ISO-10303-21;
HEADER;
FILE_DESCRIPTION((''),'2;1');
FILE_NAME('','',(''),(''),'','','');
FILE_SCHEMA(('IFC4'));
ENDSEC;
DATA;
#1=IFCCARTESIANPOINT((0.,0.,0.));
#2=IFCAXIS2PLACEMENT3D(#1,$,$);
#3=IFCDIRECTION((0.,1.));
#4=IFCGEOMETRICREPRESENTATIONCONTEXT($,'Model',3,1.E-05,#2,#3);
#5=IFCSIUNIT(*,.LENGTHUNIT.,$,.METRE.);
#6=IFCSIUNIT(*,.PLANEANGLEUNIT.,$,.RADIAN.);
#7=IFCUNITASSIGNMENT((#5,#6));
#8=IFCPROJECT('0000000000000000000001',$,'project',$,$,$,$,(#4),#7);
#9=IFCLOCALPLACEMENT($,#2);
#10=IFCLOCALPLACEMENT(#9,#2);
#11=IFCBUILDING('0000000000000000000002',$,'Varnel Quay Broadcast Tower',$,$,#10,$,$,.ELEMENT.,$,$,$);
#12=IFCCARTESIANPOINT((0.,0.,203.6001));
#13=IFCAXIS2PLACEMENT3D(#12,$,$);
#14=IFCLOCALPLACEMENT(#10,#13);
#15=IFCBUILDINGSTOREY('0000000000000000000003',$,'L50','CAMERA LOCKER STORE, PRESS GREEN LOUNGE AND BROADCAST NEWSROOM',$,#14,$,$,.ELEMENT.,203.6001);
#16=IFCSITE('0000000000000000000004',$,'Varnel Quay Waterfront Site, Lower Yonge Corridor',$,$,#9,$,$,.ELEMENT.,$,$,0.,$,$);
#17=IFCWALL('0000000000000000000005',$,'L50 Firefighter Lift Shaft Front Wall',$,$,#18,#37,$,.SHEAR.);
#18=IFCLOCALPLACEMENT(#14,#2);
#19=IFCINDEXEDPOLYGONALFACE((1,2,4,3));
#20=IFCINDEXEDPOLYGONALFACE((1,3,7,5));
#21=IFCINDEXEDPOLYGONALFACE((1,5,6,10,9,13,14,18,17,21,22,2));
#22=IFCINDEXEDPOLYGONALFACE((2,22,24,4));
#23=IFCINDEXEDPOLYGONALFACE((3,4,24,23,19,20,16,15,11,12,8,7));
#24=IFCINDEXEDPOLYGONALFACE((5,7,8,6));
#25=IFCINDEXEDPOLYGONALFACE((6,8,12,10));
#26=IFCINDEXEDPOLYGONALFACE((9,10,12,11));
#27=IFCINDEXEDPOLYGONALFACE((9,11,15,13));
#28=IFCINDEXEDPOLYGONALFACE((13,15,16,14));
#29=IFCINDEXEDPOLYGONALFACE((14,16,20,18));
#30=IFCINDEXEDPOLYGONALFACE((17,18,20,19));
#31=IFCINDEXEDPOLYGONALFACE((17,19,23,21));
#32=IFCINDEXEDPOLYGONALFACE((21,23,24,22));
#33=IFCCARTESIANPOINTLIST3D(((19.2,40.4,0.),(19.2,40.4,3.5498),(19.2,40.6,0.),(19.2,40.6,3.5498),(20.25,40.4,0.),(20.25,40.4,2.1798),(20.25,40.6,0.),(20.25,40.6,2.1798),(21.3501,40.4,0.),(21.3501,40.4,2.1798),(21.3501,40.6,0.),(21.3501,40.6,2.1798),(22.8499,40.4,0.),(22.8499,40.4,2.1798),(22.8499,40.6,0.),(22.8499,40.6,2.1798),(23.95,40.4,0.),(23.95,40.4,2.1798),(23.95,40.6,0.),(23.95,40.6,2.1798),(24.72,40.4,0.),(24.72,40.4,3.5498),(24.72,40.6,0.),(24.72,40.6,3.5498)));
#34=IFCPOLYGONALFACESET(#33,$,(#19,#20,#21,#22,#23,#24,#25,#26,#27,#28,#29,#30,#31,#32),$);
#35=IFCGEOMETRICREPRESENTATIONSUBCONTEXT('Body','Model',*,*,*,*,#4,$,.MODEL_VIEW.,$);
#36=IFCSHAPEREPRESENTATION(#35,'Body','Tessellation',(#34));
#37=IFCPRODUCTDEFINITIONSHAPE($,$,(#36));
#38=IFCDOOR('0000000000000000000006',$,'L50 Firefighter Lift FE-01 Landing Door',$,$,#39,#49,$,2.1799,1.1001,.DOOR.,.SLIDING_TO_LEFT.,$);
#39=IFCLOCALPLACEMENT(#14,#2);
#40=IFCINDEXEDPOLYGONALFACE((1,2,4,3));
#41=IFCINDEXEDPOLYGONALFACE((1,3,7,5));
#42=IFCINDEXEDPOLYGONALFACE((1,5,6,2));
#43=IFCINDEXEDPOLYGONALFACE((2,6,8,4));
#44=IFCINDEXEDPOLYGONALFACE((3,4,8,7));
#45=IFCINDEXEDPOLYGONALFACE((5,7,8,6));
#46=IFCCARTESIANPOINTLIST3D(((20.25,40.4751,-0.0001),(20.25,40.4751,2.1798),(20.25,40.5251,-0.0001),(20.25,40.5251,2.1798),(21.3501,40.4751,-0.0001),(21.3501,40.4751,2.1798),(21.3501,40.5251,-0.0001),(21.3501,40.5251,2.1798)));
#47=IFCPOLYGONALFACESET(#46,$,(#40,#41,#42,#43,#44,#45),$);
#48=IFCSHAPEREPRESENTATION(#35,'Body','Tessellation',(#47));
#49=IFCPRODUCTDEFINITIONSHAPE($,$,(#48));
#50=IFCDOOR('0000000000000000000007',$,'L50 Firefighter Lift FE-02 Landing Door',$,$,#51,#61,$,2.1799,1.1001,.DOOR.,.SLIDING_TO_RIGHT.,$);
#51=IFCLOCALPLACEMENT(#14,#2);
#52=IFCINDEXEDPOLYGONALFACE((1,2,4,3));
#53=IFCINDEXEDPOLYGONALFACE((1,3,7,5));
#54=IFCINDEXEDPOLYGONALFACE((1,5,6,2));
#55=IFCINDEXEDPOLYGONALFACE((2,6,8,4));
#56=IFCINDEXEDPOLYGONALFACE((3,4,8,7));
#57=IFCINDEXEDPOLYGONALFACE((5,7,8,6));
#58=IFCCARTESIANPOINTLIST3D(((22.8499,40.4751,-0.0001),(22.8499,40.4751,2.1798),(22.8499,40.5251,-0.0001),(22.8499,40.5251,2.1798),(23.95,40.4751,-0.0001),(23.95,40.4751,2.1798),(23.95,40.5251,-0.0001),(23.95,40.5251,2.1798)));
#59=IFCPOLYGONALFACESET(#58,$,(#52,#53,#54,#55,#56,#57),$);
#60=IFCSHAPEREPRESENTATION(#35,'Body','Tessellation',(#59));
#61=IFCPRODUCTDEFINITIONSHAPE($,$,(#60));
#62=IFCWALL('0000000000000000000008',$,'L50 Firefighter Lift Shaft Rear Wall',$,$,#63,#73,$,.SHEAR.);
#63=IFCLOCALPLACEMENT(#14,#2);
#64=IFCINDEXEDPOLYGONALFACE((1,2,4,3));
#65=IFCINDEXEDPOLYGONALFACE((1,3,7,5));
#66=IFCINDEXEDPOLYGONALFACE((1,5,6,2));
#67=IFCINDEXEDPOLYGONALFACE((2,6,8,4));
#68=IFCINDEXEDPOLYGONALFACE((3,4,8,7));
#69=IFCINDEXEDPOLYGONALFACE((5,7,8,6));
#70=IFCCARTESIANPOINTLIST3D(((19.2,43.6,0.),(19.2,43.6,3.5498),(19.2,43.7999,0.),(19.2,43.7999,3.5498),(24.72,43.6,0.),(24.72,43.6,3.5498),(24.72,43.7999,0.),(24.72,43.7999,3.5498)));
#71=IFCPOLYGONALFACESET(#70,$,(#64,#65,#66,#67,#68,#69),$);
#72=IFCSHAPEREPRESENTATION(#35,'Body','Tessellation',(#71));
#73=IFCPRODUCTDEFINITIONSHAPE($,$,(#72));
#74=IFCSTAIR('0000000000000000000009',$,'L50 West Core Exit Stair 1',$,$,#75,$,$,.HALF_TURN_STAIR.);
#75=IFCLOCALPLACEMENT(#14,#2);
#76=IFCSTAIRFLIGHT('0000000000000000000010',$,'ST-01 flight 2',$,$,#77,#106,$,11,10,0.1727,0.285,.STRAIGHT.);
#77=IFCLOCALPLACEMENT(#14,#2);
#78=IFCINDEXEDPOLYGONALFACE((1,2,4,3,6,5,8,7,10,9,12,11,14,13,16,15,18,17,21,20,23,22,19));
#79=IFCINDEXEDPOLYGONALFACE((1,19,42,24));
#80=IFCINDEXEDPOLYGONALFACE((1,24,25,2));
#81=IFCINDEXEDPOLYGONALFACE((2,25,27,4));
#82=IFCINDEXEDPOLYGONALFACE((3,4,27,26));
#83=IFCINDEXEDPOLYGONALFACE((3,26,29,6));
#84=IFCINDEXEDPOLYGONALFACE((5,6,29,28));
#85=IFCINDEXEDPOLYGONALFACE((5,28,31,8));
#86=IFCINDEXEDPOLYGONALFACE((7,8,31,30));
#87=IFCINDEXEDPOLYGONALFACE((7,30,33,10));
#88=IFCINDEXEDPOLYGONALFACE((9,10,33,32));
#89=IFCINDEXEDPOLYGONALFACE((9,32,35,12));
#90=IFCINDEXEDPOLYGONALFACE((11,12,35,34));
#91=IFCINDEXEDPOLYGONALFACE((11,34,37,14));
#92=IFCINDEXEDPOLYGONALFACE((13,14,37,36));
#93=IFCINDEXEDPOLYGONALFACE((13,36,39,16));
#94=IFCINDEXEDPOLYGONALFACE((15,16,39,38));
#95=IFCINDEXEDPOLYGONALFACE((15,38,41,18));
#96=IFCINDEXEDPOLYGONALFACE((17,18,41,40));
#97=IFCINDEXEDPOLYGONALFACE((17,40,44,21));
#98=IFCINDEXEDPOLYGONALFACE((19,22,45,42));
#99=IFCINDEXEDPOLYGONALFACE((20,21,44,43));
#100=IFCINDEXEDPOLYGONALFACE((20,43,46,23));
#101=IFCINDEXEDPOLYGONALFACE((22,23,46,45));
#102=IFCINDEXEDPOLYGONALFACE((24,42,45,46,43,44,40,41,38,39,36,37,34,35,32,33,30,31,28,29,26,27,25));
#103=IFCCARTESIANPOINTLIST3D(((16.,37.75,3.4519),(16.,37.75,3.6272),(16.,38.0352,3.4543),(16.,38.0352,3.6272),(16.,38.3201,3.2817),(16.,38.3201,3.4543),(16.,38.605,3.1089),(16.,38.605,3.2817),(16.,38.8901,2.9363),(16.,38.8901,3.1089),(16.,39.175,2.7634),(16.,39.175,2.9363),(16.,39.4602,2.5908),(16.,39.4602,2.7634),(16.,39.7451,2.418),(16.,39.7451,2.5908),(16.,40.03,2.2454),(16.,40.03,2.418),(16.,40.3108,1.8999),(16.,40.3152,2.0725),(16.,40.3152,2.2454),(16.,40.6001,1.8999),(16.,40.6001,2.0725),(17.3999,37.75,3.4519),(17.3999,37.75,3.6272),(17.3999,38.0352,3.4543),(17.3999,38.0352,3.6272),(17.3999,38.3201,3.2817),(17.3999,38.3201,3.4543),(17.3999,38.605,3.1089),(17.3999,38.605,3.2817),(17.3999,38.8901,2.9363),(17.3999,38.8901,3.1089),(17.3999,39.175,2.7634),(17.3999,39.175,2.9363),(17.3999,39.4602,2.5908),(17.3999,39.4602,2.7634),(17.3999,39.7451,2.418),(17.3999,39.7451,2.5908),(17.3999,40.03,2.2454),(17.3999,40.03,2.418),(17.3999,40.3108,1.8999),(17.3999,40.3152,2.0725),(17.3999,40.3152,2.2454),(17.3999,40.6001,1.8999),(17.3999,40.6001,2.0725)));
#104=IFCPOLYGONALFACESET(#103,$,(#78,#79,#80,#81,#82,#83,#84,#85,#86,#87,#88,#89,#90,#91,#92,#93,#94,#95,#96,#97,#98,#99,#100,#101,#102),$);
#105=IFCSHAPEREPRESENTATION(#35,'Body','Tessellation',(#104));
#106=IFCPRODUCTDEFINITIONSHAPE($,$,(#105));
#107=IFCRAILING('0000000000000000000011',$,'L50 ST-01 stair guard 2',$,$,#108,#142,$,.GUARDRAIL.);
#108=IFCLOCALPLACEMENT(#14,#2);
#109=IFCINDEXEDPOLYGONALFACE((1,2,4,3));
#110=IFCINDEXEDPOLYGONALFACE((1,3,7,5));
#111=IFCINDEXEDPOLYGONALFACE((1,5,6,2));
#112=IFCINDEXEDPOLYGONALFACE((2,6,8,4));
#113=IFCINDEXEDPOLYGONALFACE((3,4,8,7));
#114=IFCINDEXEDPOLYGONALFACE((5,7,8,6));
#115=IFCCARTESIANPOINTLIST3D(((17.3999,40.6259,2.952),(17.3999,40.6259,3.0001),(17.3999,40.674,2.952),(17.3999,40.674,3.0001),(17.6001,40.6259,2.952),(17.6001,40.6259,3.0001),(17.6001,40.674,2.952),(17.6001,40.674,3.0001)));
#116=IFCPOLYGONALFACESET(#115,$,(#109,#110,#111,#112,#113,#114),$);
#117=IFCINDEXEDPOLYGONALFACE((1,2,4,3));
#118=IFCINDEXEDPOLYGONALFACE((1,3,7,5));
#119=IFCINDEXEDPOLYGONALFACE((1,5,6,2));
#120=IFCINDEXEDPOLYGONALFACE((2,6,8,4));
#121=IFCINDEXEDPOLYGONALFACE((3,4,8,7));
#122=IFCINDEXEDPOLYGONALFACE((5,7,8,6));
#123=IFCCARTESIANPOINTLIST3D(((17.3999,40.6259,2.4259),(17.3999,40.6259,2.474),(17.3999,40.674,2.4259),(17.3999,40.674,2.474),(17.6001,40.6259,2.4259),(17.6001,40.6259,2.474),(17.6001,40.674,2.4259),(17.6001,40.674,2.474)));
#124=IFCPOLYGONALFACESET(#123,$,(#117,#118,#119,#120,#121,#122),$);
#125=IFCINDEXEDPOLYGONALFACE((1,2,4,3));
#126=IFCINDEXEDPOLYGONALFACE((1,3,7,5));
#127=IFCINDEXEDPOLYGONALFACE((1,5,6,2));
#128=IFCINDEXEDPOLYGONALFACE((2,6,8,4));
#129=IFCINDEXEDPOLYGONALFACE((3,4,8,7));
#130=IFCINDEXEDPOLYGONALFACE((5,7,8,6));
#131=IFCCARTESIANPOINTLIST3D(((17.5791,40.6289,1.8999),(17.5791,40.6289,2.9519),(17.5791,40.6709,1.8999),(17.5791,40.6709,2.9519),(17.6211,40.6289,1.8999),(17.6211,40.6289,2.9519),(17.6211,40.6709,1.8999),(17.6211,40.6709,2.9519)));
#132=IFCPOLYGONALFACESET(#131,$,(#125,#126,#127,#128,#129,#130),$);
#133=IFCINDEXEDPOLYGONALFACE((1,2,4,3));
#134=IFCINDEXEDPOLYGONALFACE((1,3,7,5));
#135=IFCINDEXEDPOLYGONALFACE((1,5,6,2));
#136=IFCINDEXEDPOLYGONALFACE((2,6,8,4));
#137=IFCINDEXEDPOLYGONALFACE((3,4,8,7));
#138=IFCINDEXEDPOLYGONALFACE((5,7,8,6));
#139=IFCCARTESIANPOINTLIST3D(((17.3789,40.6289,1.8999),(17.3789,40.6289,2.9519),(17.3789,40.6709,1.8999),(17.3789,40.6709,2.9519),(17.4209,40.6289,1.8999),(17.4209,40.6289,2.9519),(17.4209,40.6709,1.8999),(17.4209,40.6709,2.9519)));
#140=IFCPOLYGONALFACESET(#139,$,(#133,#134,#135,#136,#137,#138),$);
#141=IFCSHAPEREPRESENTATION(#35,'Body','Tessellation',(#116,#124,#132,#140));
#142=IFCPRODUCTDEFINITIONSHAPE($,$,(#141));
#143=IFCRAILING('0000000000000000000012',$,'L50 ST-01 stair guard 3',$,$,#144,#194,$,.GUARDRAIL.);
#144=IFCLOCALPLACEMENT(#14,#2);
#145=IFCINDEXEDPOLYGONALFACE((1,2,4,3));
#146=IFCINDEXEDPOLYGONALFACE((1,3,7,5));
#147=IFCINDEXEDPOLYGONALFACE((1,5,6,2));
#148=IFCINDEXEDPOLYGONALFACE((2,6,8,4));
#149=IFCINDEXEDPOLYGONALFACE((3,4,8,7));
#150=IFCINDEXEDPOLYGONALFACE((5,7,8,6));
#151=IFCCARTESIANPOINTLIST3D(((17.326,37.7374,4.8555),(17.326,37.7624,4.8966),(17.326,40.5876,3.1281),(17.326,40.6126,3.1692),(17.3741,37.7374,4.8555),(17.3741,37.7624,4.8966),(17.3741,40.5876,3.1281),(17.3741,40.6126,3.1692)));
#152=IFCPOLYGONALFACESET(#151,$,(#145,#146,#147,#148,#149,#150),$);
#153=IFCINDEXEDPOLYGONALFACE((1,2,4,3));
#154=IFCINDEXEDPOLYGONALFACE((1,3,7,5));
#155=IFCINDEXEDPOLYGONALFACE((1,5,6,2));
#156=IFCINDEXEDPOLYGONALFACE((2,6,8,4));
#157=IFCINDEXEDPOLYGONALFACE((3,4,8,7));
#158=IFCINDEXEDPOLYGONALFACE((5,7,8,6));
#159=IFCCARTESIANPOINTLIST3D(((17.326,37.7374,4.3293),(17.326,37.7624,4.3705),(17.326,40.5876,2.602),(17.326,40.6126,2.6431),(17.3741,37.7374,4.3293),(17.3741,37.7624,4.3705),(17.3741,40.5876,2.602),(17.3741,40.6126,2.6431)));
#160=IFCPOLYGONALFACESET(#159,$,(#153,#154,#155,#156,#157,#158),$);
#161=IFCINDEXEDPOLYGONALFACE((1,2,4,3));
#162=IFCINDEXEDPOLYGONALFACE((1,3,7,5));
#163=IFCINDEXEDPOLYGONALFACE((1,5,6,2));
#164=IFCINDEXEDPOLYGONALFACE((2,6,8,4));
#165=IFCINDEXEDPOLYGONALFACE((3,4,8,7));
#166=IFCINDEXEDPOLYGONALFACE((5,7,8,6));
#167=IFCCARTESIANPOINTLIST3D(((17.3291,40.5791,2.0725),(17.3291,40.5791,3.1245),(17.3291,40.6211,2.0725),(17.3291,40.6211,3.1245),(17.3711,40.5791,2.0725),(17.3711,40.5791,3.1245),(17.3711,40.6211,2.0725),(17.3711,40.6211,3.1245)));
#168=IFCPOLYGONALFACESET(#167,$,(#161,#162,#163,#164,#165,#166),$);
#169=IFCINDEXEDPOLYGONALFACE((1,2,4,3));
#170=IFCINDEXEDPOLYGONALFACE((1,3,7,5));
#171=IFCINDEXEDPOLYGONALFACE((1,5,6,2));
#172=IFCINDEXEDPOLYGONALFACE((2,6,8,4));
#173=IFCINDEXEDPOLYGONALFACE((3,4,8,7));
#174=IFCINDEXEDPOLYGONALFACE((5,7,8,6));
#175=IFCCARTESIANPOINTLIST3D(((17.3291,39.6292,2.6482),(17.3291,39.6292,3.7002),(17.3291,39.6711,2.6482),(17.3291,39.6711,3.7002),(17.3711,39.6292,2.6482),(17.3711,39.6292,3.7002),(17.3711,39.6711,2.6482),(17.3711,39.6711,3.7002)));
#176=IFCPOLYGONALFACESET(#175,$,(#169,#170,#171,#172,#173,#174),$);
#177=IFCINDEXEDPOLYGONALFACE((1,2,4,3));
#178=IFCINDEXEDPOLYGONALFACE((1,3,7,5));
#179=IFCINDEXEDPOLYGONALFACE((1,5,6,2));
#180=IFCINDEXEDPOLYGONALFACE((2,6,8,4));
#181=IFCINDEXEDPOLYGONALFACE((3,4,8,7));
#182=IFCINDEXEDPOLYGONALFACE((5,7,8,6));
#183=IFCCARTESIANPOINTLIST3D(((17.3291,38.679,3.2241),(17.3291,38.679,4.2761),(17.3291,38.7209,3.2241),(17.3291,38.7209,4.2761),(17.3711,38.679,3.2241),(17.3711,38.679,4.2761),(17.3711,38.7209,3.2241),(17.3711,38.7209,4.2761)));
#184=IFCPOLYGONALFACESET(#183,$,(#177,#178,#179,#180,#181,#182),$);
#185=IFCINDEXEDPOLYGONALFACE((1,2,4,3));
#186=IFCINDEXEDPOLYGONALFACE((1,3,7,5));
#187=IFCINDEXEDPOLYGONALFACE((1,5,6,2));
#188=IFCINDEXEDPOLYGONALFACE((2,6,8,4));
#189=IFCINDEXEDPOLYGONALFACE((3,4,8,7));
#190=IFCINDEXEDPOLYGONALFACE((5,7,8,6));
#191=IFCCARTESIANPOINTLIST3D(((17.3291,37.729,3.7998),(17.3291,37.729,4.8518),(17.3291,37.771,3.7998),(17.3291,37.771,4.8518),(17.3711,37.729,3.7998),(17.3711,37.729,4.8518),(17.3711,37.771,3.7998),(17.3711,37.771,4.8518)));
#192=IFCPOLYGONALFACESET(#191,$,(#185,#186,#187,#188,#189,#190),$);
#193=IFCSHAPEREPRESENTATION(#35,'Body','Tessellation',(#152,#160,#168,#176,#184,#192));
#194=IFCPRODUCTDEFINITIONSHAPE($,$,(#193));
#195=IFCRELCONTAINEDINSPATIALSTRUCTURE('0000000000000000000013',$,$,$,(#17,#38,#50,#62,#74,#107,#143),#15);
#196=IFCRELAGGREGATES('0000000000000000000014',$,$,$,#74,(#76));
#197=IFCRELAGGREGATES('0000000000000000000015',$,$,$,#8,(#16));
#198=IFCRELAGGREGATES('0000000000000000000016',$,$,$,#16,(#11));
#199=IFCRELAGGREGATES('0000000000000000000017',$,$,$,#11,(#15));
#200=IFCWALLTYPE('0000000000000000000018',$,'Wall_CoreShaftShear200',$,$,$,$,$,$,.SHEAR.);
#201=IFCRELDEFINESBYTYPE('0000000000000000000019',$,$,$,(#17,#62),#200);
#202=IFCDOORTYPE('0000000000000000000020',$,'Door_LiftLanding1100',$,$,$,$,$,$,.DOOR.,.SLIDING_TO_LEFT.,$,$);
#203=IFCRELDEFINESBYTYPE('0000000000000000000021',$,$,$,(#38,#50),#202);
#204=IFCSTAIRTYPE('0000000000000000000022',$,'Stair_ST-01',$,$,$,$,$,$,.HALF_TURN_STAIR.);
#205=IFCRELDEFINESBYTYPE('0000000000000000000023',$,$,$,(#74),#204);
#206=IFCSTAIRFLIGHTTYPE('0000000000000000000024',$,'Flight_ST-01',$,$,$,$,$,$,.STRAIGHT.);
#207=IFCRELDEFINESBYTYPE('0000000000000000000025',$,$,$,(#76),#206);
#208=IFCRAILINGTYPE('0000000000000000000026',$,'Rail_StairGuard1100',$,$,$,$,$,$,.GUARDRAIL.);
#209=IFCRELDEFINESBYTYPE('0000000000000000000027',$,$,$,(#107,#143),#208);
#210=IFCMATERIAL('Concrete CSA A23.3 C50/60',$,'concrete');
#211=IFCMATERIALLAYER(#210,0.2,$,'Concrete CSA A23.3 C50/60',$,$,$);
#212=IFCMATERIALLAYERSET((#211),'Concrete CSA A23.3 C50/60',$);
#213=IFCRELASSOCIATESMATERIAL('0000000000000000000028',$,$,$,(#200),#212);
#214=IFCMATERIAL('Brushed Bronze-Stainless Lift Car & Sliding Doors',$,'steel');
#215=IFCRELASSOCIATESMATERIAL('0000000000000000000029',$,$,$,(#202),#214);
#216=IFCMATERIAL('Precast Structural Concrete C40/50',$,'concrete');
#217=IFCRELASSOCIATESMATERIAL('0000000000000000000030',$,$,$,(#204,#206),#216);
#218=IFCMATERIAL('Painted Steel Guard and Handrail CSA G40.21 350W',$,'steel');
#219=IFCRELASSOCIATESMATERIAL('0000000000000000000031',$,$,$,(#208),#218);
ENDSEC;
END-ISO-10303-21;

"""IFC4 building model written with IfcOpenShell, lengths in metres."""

from ifc_helpers import new_model, si_unit, direction, frame, frame_2d, origin, origin_2d, place, context, subcontext, project, spatial, polyline, rectangle, outline, extrude, source, transform, mapped, material, layer, layer_set, type_object, type_shapes, element, fill, aggregate, save


model = new_model("IFC4")

# Units and contexts
model_context = context("Model", 3, precision=1e-05, world=origin(), true_north=direction((0.0, 1.0)))
body_context = subcontext(model_context, "Body", "Model", "MODEL_VIEW")
ifc_project = project(units=[si_unit("LENGTHUNIT", "METRE"), si_unit("PLANEANGLEUNIT", "RADIAN")], contexts=[model_context])

# Site, building, storey
site_placement = place(None, origin())
site = spatial("IfcSite", under=ifc_project, at=site_placement, Name="Varnel Quay Waterfront Site, Lower Yonge Corridor", CompositionType="ELEMENT", RefElevation=0.0)
building_placement = place(site_placement, origin())
building = spatial("IfcBuilding", under=site, at=building_placement, Name="Varnel Quay Broadcast Tower", CompositionType="ELEMENT")
storey_placement = place(building_placement, frame((0.0, 0.0, 203.6001)))
storey = spatial("IfcBuildingStorey", under=building, at=storey_placement, Name="L50", Description="CAMERA LOCKER STORE, PRESS GREEN LOUNGE AND BROADCAST NEWSROOM", CompositionType="ELEMENT", Elevation=203.6001)

# Wall, openings, doors
ifc_material_1 = material(Name="Concrete CSA A23.3 C50/60", Category="concrete")
ifc_layer = layer(ifc_material_1, 0.2, Name="Concrete CSA A23.3 C50/60")
ifc_layer_set = layer_set([ifc_layer], Name="Concrete CSA A23.3 C50/60")
wall_type = type_object("IfcWallType", Name="Wall_CoreShaftShear200", PredefinedType="SHEAR", material=ifc_layer_set)
wall_1_placement = place(storey_placement, frame((19.2, 40.5, 0.0), z_axis=(0.0, 0.0, 1.0), x_axis=(1.0, 0.0, 0.0)))
wall_1 = element("IfcWall", 1, at=wall_1_placement, inside=storey, type_object=wall_type, Name="L50 Firefighter Lift Shaft Front Wall", PredefinedType="SHEAR", context=body_context, shape_type="SweptSolid", body=[
    extrude(rectangle(XDim=5.52, YDim=0.2, at=frame_2d((2.76, 0.0))), origin(), (0.0, 0.0, 1.0), 3.5498),
])
opening_1_placement = place(wall_1_placement, frame((1.05, 0.0, 0.0)))
opening_1 = element("IfcOpeningElement", 2, at=opening_1_placement, cuts=wall_1, PredefinedType="OPENING", context=body_context, shape_type="SweptSolid", body=[
    extrude(rectangle(XDim=1.1001, YDim=2.1799, at=frame_2d((0.55, 1.0898))), frame((0.0, 0.1099, 0.0), z_axis=(0.0, -1.0, 0.0), x_axis=(1.0, 0.0, 0.0)), (0.0, 0.0, 1.0), 0.22),
])
opening_2_placement = place(wall_1_placement, frame((3.6499, 0.0, 0.0)))
opening_2 = element("IfcOpeningElement", 3, at=opening_2_placement, cuts=wall_1, PredefinedType="OPENING", context=body_context, shape_type="SweptSolid", body=[
    extrude(rectangle(XDim=1.1001, YDim=2.1799, at=frame_2d((0.55, 1.0898))), frame((0.0, 0.1099, 0.0), z_axis=(0.0, -1.0, 0.0), x_axis=(1.0, 0.0, 0.0)), (0.0, 0.0, 1.0), 0.22),
])
ifc_material_2 = material(Name="Brushed Bronze-Stainless Lift Car & Sliding Doors", Category="steel")
door_type = type_object("IfcDoorType", Name="Door_LiftLanding1100", OperationType="SLIDING_TO_LEFT", PredefinedType="DOOR", material=ifc_material_2)
shared_shape = source(origin(), body_context, "Body", "SweptSolid", [
    extrude(rectangle(XDim=1.1001, YDim=2.1799, at=frame_2d((0.55, 1.0898))), frame((0.0, 0.0249, 0.0), z_axis=(0.0, -1.0, 0.0), x_axis=(1.0, 0.0, 0.0)), (0.0, 0.0, 1.0), 0.05),
])
type_shapes(door_type, [shared_shape])
door_1_placement = place(opening_1_placement, frame((1.1001, 0.0, 0.0), z_axis=(0.0, 0.0, 1.0), x_axis=(-1.0, 0.0, 0.0)))
door_1 = element("IfcDoor", 4, at=door_1_placement, inside=storey, type_object=door_type, Name="L50 Firefighter Lift FE-01 Landing Door", OperationType="SLIDING_TO_LEFT", OverallHeight=2.1799, OverallWidth=1.1001, PredefinedType="DOOR", context=body_context, shape_type="MappedRepresentation", body=[
    mapped(shared_shape, transform((0.0, 0.0, 0.0), x_axis=(1.0, 0.0, 0.0), y_axis=(0.0, 1.0, 0.0), z_axis=(0.0, 0.0, 1.0), scale=1.0)),
])
fill(opening_1, door_1)
door_2_placement = place(opening_2_placement, frame((1.1001, 0.0, 0.0), z_axis=(0.0, 0.0, 1.0), x_axis=(-1.0, 0.0, 0.0)))
door_2 = element("IfcDoor", 5, at=door_2_placement, inside=storey, type_object=door_type, Name="L50 Firefighter Lift FE-02 Landing Door", OperationType="SLIDING_TO_RIGHT", OverallHeight=2.1799, OverallWidth=1.1001, PredefinedType="DOOR", context=body_context, shape_type="MappedRepresentation", body=[
    mapped(shared_shape, transform((0.0, 0.0, 0.0), x_axis=(1.0, 0.0, 0.0), y_axis=(0.0, 1.0, 0.0), z_axis=(0.0, 0.0, 1.0), scale=1.0)),
])
fill(opening_2, door_2)

# Wall
wall_2_placement = place(storey_placement, frame((19.2, 43.7, 0.0), z_axis=(0.0, 0.0, 1.0), x_axis=(1.0, 0.0, 0.0)))
element("IfcWall", 6, at=wall_2_placement, inside=storey, type_object=wall_type, Name="L50 Firefighter Lift Shaft Rear Wall", PredefinedType="SHEAR", context=body_context, shape_type="SweptSolid", body=[
    extrude(rectangle(XDim=5.52, YDim=0.2, at=frame_2d((2.76, 0.0))), origin(), (0.0, 0.0, 1.0), 3.5498),
])

# Stair, stair flight
ifc_material_3 = material(Name="Precast Structural Concrete C40/50", Category="concrete")
stair_type = type_object("IfcStairType", Name="Stair_ST-01", PredefinedType="HALF_TURN_STAIR", material=ifc_material_3)
stair_placement = place(storey_placement, origin())
stair = element("IfcStair", 7, at=stair_placement, inside=storey, type_object=stair_type, Name="L50 West Core Exit Stair 1", PredefinedType="HALF_TURN_STAIR")
stair_flight_type = type_object("IfcStairFlightType", Name="Flight_ST-01", PredefinedType="STRAIGHT", material=ifc_material_3)
stair_flight_placement = place(storey_placement, frame((16.7, 40.6001, 1.8999), z_axis=(0.0, 0.0, 1.0), x_axis=(0.0, -1.0, 0.0)))
stair_flight = element("IfcStairFlight", 8, at=stair_flight_placement, type_object=stair_flight_type, Name="ST-01 flight 2", NumberOfRisers=11, NumberOfTreads=10, PredefinedType="STRAIGHT", RiserHeight=0.1727, TreadLength=0.285, context=body_context, shape_type="SweptSolid", body=[
    extrude(outline(polyline([(0.0, 0.0), (0.0, 0.1726), (0.2849, 0.1726), (0.2849, 0.3455), (0.5701, 0.3455), (0.5701, 0.5181), (0.855, 0.5181), (0.855, 0.6909), (1.1399, 0.6909), (1.1399, 0.8635), (1.425, 0.8635), (1.425, 1.0364), (1.71, 1.0364), (1.71, 1.209), (1.9951, 1.209), (1.9951, 1.3818), (2.28, 1.3818), (2.28, 1.5544), (2.5649, 1.5544), (2.5649, 1.7273), (2.8501, 1.7273), (2.8501, 1.8999), (2.8501, 1.552), (0.2893, 0.0), (0.0, 0.0)])), frame((0.0, 0.7, 0.0), z_axis=(0.0, -1.0, 0.0), x_axis=(1.0, 0.0, 0.0)), (0.0, 0.0, 1.0), 1.3999),
])
aggregate(stair, [stair_flight])

# Railings
ifc_material_4 = material(Name="Painted Steel Guard and Handrail CSA G40.21 350W", Category="steel")
railing_type_1 = type_object("IfcRailingType", Name="Rail_StairGuard1100", PredefinedType="GUARDRAIL", material=ifc_material_4)
railing_1_placement = place(storey_placement, frame((17.6001, 40.6499, 1.8999)))
element("IfcRailing", 9, at=railing_1_placement, inside=storey, type_object=railing_type_1, Name="L50 ST-01 stair guard 2", PredefinedType="GUARDRAIL", context=body_context, shape_type="SweptSolid", body=[
    extrude(rectangle(XDim=0.0481, YDim=0.0481, at=origin_2d()), frame((0.0, 0.0, 1.0762), z_axis=(-1.0, 0.0, 0.0), x_axis=(0.0, -1.0, 0.0)), (0.0, 0.0, 1.0), 0.2002),
    extrude(rectangle(XDim=0.0481, YDim=0.0481, at=origin_2d()), frame((0.0, 0.0, 0.55), z_axis=(-1.0, 0.0, 0.0), x_axis=(0.0, -1.0, 0.0)), (0.0, 0.0, 1.0), 0.2002),
    extrude(rectangle(XDim=0.042, YDim=0.042, at=origin_2d()), origin(), (0.0, 0.0, 1.0), 1.052),
    extrude(rectangle(XDim=0.042, YDim=0.042, at=origin_2d()), frame((-0.2002, 0.0, 0.0)), (0.0, 0.0, 1.0), 1.052),
])
railing_2_placement = place(storey_placement, frame((17.3501, 40.6001, 2.0725)))
element("IfcRailing", 10, at=railing_2_placement, inside=storey, type_object=railing_type_1, Name="L50 ST-01 stair guard 3", PredefinedType="GUARDRAIL", context=body_context, shape_type="SweptSolid", body=[
    extrude(rectangle(XDim=0.0481, YDim=0.0481, at=origin_2d()), frame((0.0, 0.0, 1.0762), z_axis=(0.0, -0.855203, 0.518294), x_axis=(1.0, 0.0, 0.0)), (0.0, 0.0, 1.0), 3.3328),
    extrude(rectangle(XDim=0.0481, YDim=0.0481, at=origin_2d()), frame((0.0, 0.0, 0.55), z_axis=(0.0, -0.855203, 0.518294), x_axis=(1.0, 0.0, 0.0)), (0.0, 0.0, 1.0), 3.3328),
    extrude(rectangle(XDim=0.042, YDim=0.042, at=origin_2d()), origin(), (0.0, 0.0, 1.0), 1.052),
    extrude(rectangle(XDim=0.042, YDim=0.042, at=origin_2d()), frame((0.0, -0.95, 0.5757)), (0.0, 0.0, 1.0), 1.052),
    extrude(rectangle(XDim=0.042, YDim=0.042, at=origin_2d()), frame((0.0, -1.9001, 1.1516)), (0.0, 0.0, 1.0), 1.052),
    extrude(rectangle(XDim=0.042, YDim=0.042, at=origin_2d()), frame((0.0, -2.8501, 1.7273)), (0.0, 0.0, 1.0), 1.052),
])

save(model, "model.ifc")
